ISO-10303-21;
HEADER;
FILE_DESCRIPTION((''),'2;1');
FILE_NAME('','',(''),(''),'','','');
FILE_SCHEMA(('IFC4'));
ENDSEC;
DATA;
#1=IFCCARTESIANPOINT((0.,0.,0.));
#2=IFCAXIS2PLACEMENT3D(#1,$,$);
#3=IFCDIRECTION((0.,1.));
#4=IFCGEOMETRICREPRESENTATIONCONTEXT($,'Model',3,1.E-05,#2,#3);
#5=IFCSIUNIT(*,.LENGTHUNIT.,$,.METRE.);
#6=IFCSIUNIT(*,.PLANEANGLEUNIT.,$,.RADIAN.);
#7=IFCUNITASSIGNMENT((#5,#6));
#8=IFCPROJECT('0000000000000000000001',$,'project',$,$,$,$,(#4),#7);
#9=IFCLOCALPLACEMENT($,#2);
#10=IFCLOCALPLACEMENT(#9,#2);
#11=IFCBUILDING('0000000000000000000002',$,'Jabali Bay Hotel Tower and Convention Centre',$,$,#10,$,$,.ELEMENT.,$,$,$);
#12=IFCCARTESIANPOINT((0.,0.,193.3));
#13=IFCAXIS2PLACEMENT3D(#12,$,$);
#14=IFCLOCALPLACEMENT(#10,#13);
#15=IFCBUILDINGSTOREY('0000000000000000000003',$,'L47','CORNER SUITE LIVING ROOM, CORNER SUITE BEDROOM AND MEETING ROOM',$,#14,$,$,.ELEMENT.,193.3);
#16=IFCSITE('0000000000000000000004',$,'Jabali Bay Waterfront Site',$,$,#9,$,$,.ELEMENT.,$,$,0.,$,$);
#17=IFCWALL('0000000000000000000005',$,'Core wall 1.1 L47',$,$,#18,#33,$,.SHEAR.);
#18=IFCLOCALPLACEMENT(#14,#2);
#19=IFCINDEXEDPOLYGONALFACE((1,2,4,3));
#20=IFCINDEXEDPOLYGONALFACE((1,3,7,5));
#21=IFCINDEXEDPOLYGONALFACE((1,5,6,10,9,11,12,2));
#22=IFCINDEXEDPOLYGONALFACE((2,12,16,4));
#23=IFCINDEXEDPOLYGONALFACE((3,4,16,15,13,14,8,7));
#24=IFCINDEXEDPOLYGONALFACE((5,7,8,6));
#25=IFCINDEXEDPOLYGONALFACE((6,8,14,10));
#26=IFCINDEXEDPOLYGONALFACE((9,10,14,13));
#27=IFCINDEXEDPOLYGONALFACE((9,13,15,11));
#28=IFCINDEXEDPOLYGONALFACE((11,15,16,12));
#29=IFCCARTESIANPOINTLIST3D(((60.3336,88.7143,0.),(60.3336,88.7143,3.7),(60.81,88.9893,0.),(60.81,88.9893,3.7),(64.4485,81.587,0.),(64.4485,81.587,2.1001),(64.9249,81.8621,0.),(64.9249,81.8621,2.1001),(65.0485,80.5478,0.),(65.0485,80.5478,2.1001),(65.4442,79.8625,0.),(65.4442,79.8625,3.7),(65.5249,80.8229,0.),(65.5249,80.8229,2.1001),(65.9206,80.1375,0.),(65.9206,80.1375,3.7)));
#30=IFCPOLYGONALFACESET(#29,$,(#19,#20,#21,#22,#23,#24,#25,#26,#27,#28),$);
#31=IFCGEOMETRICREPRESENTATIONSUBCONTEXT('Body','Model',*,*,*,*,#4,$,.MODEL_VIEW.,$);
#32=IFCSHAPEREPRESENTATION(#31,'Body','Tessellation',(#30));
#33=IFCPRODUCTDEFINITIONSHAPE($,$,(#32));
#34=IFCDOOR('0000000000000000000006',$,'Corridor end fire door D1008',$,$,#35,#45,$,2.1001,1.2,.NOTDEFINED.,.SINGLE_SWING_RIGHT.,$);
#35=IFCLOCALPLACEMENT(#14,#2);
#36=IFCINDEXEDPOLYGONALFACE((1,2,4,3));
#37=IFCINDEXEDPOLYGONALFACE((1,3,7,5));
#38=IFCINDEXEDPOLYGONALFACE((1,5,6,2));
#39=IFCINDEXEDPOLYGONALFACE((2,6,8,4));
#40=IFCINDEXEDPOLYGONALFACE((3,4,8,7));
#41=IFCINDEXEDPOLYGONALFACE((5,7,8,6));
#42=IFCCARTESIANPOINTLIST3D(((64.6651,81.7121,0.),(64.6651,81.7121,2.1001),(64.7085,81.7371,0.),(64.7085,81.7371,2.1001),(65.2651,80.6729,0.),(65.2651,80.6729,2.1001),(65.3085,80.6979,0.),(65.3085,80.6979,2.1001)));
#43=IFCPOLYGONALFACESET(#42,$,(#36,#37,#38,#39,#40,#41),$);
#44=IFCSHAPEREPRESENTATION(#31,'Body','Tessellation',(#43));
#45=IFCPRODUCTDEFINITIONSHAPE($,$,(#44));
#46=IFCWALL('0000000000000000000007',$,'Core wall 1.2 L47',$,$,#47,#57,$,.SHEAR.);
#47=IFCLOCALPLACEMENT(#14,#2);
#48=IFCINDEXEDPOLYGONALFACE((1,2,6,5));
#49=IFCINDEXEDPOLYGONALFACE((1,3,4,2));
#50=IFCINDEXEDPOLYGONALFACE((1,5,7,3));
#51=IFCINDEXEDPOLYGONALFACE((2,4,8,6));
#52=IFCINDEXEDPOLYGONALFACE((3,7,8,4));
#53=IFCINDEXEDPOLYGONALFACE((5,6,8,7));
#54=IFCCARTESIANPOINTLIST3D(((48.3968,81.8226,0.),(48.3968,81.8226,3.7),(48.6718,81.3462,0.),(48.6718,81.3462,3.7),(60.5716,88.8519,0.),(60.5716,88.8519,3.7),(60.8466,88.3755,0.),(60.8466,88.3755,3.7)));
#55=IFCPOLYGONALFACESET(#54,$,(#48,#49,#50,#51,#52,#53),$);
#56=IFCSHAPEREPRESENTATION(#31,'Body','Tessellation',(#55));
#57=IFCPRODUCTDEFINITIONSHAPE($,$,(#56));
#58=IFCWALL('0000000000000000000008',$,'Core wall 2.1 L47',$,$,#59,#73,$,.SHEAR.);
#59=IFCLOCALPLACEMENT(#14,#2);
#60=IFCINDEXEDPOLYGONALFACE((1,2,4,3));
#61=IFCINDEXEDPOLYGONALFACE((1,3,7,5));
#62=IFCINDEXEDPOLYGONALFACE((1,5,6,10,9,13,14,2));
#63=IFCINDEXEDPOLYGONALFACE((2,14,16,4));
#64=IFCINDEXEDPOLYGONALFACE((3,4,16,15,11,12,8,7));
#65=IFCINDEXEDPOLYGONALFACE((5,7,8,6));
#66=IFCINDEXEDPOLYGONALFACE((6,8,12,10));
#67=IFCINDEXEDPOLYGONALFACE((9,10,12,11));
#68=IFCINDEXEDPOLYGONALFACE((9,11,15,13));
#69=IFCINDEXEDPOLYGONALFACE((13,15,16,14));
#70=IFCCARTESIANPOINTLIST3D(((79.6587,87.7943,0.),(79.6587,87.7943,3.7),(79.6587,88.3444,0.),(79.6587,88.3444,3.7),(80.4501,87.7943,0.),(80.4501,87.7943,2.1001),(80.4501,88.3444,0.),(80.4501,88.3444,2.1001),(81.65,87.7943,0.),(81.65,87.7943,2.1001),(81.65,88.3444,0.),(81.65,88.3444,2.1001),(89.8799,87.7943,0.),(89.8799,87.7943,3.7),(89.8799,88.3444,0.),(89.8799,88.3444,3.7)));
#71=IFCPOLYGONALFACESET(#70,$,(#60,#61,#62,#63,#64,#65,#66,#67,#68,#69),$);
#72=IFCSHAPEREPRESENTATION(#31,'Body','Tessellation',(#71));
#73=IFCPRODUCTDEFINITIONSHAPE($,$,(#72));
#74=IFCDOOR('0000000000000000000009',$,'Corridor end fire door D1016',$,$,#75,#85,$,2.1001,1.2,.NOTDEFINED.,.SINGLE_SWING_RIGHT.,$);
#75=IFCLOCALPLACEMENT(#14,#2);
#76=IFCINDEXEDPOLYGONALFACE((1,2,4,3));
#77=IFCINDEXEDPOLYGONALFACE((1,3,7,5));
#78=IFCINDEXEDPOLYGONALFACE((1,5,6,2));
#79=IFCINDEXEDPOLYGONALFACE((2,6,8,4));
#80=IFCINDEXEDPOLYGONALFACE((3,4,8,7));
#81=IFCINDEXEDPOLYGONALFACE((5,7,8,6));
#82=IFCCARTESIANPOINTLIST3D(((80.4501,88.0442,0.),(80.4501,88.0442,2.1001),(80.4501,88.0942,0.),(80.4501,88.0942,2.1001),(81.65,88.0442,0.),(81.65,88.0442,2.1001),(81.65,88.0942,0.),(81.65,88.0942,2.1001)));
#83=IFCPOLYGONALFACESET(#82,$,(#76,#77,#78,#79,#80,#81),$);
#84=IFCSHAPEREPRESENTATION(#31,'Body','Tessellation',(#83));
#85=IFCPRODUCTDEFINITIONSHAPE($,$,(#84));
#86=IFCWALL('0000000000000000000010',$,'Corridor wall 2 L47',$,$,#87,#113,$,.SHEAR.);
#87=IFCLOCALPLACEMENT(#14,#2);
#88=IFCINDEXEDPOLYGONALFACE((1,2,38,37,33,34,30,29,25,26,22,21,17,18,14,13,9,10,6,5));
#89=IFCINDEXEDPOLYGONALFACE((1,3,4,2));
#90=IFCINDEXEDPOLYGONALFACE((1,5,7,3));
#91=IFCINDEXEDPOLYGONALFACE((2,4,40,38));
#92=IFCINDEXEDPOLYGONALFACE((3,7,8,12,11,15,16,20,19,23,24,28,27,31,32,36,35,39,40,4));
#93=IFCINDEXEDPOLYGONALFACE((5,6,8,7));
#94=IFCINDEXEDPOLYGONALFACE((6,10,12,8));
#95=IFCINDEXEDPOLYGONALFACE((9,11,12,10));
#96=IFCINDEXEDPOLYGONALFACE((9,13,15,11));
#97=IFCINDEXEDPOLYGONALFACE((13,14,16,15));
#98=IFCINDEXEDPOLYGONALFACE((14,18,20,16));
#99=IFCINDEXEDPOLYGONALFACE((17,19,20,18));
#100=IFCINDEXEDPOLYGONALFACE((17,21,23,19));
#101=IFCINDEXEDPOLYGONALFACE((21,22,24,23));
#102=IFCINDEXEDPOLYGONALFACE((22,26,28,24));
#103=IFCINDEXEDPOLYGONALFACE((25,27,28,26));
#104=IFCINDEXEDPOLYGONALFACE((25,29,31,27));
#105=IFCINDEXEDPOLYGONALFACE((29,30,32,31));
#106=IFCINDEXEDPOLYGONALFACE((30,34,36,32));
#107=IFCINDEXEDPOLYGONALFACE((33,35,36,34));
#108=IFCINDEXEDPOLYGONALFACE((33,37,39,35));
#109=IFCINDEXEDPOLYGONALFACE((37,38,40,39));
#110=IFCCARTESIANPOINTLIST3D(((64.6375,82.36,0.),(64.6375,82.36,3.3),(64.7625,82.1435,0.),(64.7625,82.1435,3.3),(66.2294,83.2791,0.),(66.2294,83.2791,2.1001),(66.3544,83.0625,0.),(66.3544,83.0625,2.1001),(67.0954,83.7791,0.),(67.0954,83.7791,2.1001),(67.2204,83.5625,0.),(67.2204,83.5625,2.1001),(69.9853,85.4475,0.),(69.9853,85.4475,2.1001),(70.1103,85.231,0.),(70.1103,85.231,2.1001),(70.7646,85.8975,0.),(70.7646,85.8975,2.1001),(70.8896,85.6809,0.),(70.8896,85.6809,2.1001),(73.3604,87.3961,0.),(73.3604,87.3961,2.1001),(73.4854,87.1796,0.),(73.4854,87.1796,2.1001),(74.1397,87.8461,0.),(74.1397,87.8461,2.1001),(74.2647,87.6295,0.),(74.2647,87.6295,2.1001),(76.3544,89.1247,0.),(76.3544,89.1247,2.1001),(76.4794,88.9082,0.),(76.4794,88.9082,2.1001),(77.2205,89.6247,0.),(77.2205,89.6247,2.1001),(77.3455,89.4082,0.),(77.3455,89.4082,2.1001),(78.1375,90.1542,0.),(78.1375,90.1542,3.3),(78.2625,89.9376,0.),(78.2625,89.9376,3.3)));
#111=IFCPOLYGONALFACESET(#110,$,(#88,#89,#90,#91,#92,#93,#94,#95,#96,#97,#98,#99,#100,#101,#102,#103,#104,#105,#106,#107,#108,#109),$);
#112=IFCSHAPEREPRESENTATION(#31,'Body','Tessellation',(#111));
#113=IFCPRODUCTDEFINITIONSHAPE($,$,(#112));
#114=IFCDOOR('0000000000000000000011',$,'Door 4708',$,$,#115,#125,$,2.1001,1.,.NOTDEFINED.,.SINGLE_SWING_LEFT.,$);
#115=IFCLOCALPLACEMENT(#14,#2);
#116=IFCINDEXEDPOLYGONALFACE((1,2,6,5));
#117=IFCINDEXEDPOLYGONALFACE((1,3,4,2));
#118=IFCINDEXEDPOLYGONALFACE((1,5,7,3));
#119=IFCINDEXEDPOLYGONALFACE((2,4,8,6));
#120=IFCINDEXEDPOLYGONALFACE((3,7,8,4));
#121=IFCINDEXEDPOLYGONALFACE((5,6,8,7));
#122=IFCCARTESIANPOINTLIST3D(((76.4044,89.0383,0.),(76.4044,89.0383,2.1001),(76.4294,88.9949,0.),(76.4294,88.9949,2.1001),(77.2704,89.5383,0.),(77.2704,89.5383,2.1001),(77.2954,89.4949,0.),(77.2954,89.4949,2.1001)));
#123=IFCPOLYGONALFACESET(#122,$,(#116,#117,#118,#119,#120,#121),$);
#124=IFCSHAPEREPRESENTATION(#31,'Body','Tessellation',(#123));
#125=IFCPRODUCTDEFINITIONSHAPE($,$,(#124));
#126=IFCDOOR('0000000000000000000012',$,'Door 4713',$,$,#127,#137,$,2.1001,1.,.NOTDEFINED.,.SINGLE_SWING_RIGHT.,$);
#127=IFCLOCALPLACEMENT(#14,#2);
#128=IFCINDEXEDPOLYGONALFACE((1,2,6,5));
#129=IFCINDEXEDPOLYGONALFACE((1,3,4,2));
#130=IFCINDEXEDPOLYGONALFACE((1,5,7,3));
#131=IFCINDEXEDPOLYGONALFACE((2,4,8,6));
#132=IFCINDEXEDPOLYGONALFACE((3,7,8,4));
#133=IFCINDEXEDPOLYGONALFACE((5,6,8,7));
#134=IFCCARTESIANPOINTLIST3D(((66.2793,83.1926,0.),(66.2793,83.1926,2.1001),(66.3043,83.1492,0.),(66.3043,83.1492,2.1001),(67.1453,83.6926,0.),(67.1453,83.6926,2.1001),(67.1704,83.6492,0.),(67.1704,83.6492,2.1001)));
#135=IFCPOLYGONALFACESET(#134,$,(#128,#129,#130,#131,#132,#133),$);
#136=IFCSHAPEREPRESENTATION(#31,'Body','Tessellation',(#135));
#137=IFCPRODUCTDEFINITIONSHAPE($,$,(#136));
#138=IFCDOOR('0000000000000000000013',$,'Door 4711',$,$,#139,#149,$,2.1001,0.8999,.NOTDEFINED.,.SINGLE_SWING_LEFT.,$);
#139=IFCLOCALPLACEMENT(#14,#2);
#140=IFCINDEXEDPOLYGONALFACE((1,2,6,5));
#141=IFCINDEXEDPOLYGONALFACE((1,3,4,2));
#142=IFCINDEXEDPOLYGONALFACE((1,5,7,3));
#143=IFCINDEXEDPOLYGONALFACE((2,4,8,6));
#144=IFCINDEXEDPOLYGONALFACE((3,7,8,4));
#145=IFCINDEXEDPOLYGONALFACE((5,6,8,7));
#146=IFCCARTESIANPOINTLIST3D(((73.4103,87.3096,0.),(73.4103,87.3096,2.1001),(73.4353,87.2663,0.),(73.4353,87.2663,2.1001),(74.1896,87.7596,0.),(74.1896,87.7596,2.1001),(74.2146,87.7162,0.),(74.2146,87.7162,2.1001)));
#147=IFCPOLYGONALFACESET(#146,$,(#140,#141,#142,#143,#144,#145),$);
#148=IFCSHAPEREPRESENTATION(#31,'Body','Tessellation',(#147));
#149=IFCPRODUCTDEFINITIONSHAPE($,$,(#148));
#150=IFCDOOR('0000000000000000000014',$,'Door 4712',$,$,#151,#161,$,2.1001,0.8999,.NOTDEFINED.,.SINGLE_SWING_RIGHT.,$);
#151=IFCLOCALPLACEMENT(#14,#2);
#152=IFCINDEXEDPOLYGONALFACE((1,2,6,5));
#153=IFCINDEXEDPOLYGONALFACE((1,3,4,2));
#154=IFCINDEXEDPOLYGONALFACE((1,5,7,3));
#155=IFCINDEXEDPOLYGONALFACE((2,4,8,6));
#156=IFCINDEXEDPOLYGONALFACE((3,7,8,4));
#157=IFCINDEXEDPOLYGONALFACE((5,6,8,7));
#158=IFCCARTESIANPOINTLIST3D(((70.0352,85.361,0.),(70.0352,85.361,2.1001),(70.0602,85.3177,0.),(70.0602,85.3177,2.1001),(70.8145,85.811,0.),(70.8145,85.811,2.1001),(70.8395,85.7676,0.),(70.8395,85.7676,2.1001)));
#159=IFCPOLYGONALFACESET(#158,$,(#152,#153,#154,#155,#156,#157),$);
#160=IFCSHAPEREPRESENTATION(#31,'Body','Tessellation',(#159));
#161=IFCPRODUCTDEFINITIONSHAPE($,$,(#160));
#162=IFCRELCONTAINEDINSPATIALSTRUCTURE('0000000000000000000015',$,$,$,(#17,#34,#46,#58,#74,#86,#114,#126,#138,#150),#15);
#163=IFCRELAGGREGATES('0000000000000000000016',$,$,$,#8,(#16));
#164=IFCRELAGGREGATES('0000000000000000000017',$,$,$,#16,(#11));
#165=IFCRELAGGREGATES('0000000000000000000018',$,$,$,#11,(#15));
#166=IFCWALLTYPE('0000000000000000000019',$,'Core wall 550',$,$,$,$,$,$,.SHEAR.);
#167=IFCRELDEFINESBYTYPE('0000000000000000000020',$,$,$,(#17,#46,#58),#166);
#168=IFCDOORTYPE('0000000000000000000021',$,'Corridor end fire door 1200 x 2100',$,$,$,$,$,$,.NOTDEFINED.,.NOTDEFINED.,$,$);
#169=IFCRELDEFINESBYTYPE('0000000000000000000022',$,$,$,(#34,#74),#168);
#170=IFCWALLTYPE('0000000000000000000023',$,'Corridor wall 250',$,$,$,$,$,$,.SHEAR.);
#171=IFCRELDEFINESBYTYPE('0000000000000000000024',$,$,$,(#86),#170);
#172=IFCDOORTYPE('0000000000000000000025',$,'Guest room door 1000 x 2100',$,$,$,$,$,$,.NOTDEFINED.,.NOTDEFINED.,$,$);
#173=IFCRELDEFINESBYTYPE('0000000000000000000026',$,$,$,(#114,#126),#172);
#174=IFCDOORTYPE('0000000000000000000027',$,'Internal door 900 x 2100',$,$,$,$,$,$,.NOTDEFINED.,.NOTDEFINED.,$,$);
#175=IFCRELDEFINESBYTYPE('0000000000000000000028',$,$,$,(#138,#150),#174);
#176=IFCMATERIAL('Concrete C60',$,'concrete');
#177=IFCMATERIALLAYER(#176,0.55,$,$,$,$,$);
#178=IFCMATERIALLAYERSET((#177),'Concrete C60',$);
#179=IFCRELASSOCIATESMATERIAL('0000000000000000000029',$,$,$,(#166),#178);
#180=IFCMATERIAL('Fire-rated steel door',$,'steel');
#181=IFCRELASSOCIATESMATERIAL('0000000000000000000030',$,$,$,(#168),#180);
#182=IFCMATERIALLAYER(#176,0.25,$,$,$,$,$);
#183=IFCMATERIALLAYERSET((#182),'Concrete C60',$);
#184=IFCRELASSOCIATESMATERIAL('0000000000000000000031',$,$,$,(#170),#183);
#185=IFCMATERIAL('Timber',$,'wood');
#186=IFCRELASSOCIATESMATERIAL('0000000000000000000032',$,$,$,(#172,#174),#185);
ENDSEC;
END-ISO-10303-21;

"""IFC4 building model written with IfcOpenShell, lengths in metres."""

from ifc_helpers import new_model, si_unit, direction, frame, frame_2d, origin, place, context, subcontext, project, spatial, rectangle, extrude, material, layer, layer_set, type_object, element, fill, save


model = new_model("IFC4")

# Units and contexts
model_context = context("Model", 3, precision=1e-05, world=origin(), true_north=direction((0.0, 1.0)))
body_context = subcontext(model_context, "Body", "Model", "MODEL_VIEW")
ifc_project = project(units=[si_unit("LENGTHUNIT", "METRE"), si_unit("PLANEANGLEUNIT", "RADIAN")], contexts=[model_context])

# Site, building, storey
site_placement = place(None, origin())
site = spatial("IfcSite", under=ifc_project, at=site_placement, Name="Jabali Bay Waterfront Site", CompositionType="ELEMENT", RefElevation=0.0)
building_placement = place(site_placement, origin())
building = spatial("IfcBuilding", under=site, at=building_placement, Name="Jabali Bay Hotel Tower and Convention Centre", CompositionType="ELEMENT")
storey_placement = place(building_placement, frame((0.0, 0.0, 193.3)))
storey = spatial("IfcBuildingStorey", under=building, at=storey_placement, Name="L47", Description="CORNER SUITE LIVING ROOM, CORNER SUITE BEDROOM AND MEETING ROOM", CompositionType="ELEMENT", Elevation=193.3)

# Shared definitions
ifc_material_1 = material(Name="Fire-rated steel door", Category="steel")

# Wall, opening, door
ifc_material_2 = material(Name="Concrete C60", Category="concrete")
ifc_layer_1 = layer(ifc_material_2, 0.55)
ifc_layer_set_1 = layer_set([ifc_layer_1], Name="Concrete C60")
wall_type_1 = type_object("IfcWallType", Name="Core wall 550", PredefinedType="SHEAR", material=ifc_layer_set_1)
wall_1_placement = place(storey_placement, frame((65.6824, 80.0, 0.0), z_axis=(0.0, 0.0, 1.0), x_axis=(-0.5, 0.866025, 0.0)))
wall_1 = element("IfcWall", 1, at=wall_1_placement, inside=storey, type_object=wall_type_1, Name="Core wall 1.1 L47", PredefinedType="SHEAR", context=body_context, shape_type="SweptSolid", body=[
    extrude(rectangle(XDim=10.2212, YDim=0.55, at=frame_2d((5.1106, 0.0))), origin(), (0.0, 0.0, 1.0), 3.7),
])
opening_1_placement = place(wall_1_placement, frame((0.7913, 0.0, 0.0)))
opening_1 = element("IfcOpeningElement", 2, at=opening_1_placement, cuts=wall_1, PredefinedType="OPENING", context=body_context, shape_type="SweptSolid", body=[
    extrude(rectangle(XDim=1.2, YDim=2.1001, at=frame_2d((0.6001, 1.05))), frame((0.0, 0.2856, 0.0), z_axis=(0.0, -1.0, 0.0), x_axis=(1.0, 0.0, 0.0)), (0.0, 0.0, 1.0), 0.571),
])
door_type_1 = type_object("IfcDoorType", Name="Corridor end fire door 1200 x 2100", OperationType="NOTDEFINED", PredefinedType="NOTDEFINED", material=ifc_material_1)
door_1_placement = place(opening_1_placement, origin())
door_1 = element("IfcDoor", 3, at=door_1_placement, inside=storey, type_object=door_type_1, Name="Corridor end fire door D1008", OperationType="SINGLE_SWING_RIGHT", OverallHeight=2.1001, OverallWidth=1.2, PredefinedType="NOTDEFINED", context=body_context, shape_type="SweptSolid", body=[
    extrude(rectangle(XDim=1.2, YDim=2.1001, at=frame_2d((0.6001, 1.05))), frame((0.0, 0.0249, 0.0), z_axis=(0.0, -1.0, 0.0), x_axis=(1.0, 0.0, 0.0)), (0.0, 0.0, 1.0), 0.05),
])
fill(opening_1, door_1)

# Wall
wall_2_placement = place(storey_placement, frame((60.7092, 88.6138, 0.0), z_axis=(0.0, 0.0, 1.0), x_axis=(-0.86602, -0.500009, 0.0)))
element("IfcWall", 4, at=wall_2_placement, inside=storey, type_object=wall_type_1, Name="Core wall 1.2 L47", PredefinedType="SHEAR", context=body_context, shape_type="SweptSolid", body=[
    extrude(rectangle(XDim=14.0583, YDim=0.55, at=frame_2d((7.0293, 0.0))), origin(), (0.0, 0.0, 1.0), 3.7),
])

# Wall, opening, door
wall_3_placement = place(storey_placement, frame((79.6587, 88.0693, 0.0), z_axis=(0.0, 0.0, 1.0), x_axis=(1.0, 0.0, 0.0)))
wall_3 = element("IfcWall", 5, at=wall_3_placement, inside=storey, type_object=wall_type_1, Name="Core wall 2.1 L47", PredefinedType="SHEAR", context=body_context, shape_type="SweptSolid", body=[
    extrude(rectangle(XDim=10.2212, YDim=0.55, at=frame_2d((5.1106, 0.0))), origin(), (0.0, 0.0, 1.0), 3.7),
])
opening_2_placement = place(wall_3_placement, frame((0.7913, 0.0, 0.0)))
opening_2 = element("IfcOpeningElement", 6, at=opening_2_placement, cuts=wall_3, PredefinedType="OPENING", context=body_context, shape_type="SweptSolid", body=[
    extrude(rectangle(XDim=1.2, YDim=2.1001, at=frame_2d((0.6001, 1.05))), frame((0.0, 0.2856, 0.0), z_axis=(0.0, -1.0, 0.0), x_axis=(1.0, 0.0, 0.0)), (0.0, 0.0, 1.0), 0.571),
])
door_2_placement = place(opening_2_placement, origin())
door_2 = element("IfcDoor", 7, at=door_2_placement, inside=storey, type_object=door_type_1, Name="Corridor end fire door D1016", OperationType="SINGLE_SWING_RIGHT", OverallHeight=2.1001, OverallWidth=1.2, PredefinedType="NOTDEFINED", context=body_context, shape_type="SweptSolid", body=[
    extrude(rectangle(XDim=1.2, YDim=2.1001, at=frame_2d((0.6001, 1.05))), frame((0.0, 0.0249, 0.0), z_axis=(0.0, -1.0, 0.0), x_axis=(1.0, 0.0, 0.0)), (0.0, 0.0, 1.0), 0.05),
])
fill(opening_2, door_2)

# Wall, openings, doors
ifc_layer_2 = layer(ifc_material_2, 0.25)
ifc_layer_set_2 = layer_set([ifc_layer_2], Name="Concrete C60")
wall_type_2 = type_object("IfcWallType", Name="Corridor wall 250", PredefinedType="SHEAR", material=ifc_layer_set_2)
wall_4_placement = place(storey_placement, frame((78.2, 90.0459, 0.0), z_axis=(0.0, 0.0, 1.0), x_axis=(-0.866026, -0.499998, 0.0)))
wall_4 = element("IfcWall", 8, at=wall_4_placement, inside=storey, type_object=wall_type_2, Name="Corridor wall 2 L47", PredefinedType="SHEAR", context=body_context, shape_type="SweptSolid", body=[
    extrude(rectangle(XDim=15.5884, YDim=0.25, at=frame_2d((7.7942, 0.0))), origin(), (0.0, 0.0, 1.0), 3.3),
])
opening_3_placement = place(wall_4_placement, frame((1.0588, 0.0, 0.0)))
opening_3 = element("IfcOpeningElement", 9, at=opening_3_placement, cuts=wall_4, PredefinedType="OPENING", context=body_context, shape_type="SweptSolid", body=[
    extrude(rectangle(XDim=1.0, YDim=2.1001, at=frame_2d((0.5, 1.05))), frame((0.0, 0.1355, 0.0), z_axis=(0.0, -1.0, 0.0), x_axis=(1.0, 0.0, 0.0)), (0.0, 0.0, 1.0), 0.271),
])
opening_4_placement = place(wall_4_placement, frame((4.6162, 0.0, 0.0)))
opening_4 = element("IfcOpeningElement", 10, at=opening_4_placement, cuts=wall_4, PredefinedType="OPENING", context=body_context, shape_type="SweptSolid", body=[
    extrude(rectangle(XDim=0.8999, YDim=2.1001, at=frame_2d((0.45, 1.05))), frame((0.0, 0.1355, 0.0), z_axis=(0.0, -1.0, 0.0), x_axis=(1.0, 0.0, 0.0)), (0.0, 0.0, 1.0), 0.271),
])
opening_5_placement = place(wall_4_placement, frame((8.5134, 0.0, 0.0)))
opening_5 = element("IfcOpeningElement", 11, at=opening_5_placement, cuts=wall_4, PredefinedType="OPENING", context=body_context, shape_type="SweptSolid", body=[
    extrude(rectangle(XDim=0.8999, YDim=2.1001, at=frame_2d((0.45, 1.05))), frame((0.0, 0.1355, 0.0), z_axis=(0.0, -1.0, 0.0), x_axis=(1.0, 0.0, 0.0)), (0.0, 0.0, 1.0), 0.271),
])
opening_6_placement = place(wall_4_placement, frame((12.7502, 0.0, 0.0)))
opening_6 = element("IfcOpeningElement", 12, at=opening_6_placement, cuts=wall_4, PredefinedType="OPENING", context=body_context, shape_type="SweptSolid", body=[
    extrude(rectangle(XDim=1.0, YDim=2.1001, at=frame_2d((0.5, 1.05))), frame((0.0, 0.1355, 0.0), z_axis=(0.0, -1.0, 0.0), x_axis=(1.0, 0.0, 0.0)), (0.0, 0.0, 1.0), 0.271),
])
ifc_material_3 = material(Name="Timber", Category="wood")
door_type_2 = type_object("IfcDoorType", Name="Guest room door 1000 x 2100", OperationType="NOTDEFINED", PredefinedType="NOTDEFINED", material=ifc_material_3)
door_3_placement = place(opening_3_placement, origin())
door_3 = element("IfcDoor", 13, at=door_3_placement, inside=storey, type_object=door_type_2, Name="Door 4708", OperationType="SINGLE_SWING_LEFT", OverallHeight=2.1001, OverallWidth=1.0, PredefinedType="NOTDEFINED", context=body_context, shape_type="SweptSolid", body=[
    extrude(rectangle(XDim=1.0, YDim=2.1001, at=frame_2d((0.5, 1.05))), frame((0.0, 0.0249, 0.0), z_axis=(0.0, -1.0, 0.0), x_axis=(1.0, 0.0, 0.0)), (0.0, 0.0, 1.0), 0.05),
])
fill(opening_3, door_3)
door_4_placement = place(opening_6_placement, origin())
door_4 = element("IfcDoor", 14, at=door_4_placement, inside=storey, type_object=door_type_2, Name="Door 4713", OperationType="SINGLE_SWING_RIGHT", OverallHeight=2.1001, OverallWidth=1.0, PredefinedType="NOTDEFINED", context=body_context, shape_type="SweptSolid", body=[
    extrude(rectangle(XDim=1.0, YDim=2.1001, at=frame_2d((0.5, 1.05))), frame((0.0, 0.0249, 0.0), z_axis=(0.0, -1.0, 0.0), x_axis=(1.0, 0.0, 0.0)), (0.0, 0.0, 1.0), 0.05),
])
fill(opening_6, door_4)
door_type_3 = type_object("IfcDoorType", Name="Internal door 900 x 2100", OperationType="NOTDEFINED", PredefinedType="NOTDEFINED", material=ifc_material_3)
door_5_placement = place(opening_4_placement, origin())
door_5 = element("IfcDoor", 15, at=door_5_placement, inside=storey, type_object=door_type_3, Name="Door 4711", OperationType="SINGLE_SWING_LEFT", OverallHeight=2.1001, OverallWidth=0.8999, PredefinedType="NOTDEFINED", context=body_context, shape_type="SweptSolid", body=[
    extrude(rectangle(XDim=0.8999, YDim=2.1001, at=frame_2d((0.45, 1.05))), frame((0.0, 0.0249, 0.0), z_axis=(0.0, -1.0, 0.0), x_axis=(1.0, 0.0, 0.0)), (0.0, 0.0, 1.0), 0.05),
])
fill(opening_4, door_5)
door_6_placement = place(opening_5_placement, origin())
door_6 = element("IfcDoor", 16, at=door_6_placement, inside=storey, type_object=door_type_3, Name="Door 4712", OperationType="SINGLE_SWING_RIGHT", OverallHeight=2.1001, OverallWidth=0.8999, PredefinedType="NOTDEFINED", context=body_context, shape_type="SweptSolid", body=[
    extrude(rectangle(XDim=0.8999, YDim=2.1001, at=frame_2d((0.45, 1.05))), frame((0.0, 0.0249, 0.0), z_axis=(0.0, -1.0, 0.0), x_axis=(1.0, 0.0, 0.0)), (0.0, 0.0, 1.0), 0.05),
])
fill(opening_5, door_6)

save(model, "model.ifc")
